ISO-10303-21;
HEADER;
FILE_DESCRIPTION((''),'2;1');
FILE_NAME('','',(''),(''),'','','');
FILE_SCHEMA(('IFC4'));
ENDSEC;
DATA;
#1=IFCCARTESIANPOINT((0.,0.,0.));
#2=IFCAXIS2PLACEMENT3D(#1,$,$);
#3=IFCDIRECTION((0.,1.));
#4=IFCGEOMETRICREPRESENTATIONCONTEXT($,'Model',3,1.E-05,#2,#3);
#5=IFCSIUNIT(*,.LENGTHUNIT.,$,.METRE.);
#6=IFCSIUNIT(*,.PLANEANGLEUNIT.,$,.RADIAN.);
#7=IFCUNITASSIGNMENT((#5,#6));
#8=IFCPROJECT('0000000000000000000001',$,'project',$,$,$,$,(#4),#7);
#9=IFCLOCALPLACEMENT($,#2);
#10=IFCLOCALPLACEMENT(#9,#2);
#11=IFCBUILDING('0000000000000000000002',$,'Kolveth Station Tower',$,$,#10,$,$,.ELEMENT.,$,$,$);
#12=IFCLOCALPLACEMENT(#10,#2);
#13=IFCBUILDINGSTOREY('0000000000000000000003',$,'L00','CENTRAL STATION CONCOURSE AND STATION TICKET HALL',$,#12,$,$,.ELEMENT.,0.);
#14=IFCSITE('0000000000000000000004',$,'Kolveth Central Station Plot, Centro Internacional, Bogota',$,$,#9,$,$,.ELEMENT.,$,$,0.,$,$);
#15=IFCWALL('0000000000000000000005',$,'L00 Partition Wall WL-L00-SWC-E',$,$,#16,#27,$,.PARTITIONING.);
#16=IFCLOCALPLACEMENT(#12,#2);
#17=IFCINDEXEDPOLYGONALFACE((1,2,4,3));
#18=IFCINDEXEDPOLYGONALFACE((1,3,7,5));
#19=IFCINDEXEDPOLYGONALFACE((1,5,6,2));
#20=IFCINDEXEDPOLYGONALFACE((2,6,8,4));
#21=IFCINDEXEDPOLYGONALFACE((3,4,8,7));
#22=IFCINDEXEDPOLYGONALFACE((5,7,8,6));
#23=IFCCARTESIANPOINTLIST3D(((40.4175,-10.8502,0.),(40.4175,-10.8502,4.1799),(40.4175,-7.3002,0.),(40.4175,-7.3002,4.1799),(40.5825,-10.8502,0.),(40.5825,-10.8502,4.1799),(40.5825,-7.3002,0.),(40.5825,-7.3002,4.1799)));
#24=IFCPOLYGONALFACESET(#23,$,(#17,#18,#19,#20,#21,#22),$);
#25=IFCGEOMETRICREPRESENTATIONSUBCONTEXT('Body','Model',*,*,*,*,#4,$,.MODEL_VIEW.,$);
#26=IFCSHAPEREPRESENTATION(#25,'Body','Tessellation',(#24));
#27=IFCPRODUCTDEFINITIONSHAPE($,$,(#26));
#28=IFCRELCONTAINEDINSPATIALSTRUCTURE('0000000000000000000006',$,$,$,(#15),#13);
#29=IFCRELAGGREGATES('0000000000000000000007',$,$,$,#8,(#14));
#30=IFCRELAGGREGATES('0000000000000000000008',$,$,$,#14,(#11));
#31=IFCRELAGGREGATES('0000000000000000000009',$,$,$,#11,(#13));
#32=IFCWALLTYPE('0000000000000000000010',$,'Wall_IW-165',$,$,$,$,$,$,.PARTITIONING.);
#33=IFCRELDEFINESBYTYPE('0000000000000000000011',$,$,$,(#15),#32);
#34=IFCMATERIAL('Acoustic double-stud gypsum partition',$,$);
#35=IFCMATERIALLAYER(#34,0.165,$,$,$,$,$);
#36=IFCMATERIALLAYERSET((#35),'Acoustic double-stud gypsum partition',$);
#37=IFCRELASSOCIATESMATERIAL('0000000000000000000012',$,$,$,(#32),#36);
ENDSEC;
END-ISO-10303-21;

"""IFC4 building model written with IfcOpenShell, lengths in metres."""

from ifc_helpers import new_model, si_unit, direction, frame, frame_2d, origin, place, context, subcontext, project, spatial, rectangle, extrude, material, layer, layer_set, type_object, element, save


model = new_model("IFC4")

# Units and contexts
model_context = context("Model", 3, precision=1e-05, world=origin(), true_north=direction((0.0, 1.0)))
body_context = subcontext(model_context, "Body", "Model", "MODEL_VIEW")
ifc_project = project(units=[si_unit("LENGTHUNIT", "METRE"), si_unit("PLANEANGLEUNIT", "RADIAN")], contexts=[model_context])

# Site, building, storey
site_placement = place(None, origin())
site = spatial("IfcSite", under=ifc_project, at=site_placement, Name="Kolveth Central Station Plot, Centro Internacional, Bogota", CompositionType="ELEMENT", RefElevation=0.0)
building_placement = place(site_placement, origin())
building = spatial("IfcBuilding", under=site, at=building_placement, Name="Kolveth Station Tower", CompositionType="ELEMENT")
storey_placement = place(building_placement, origin())
storey = spatial("IfcBuildingStorey", under=building, at=storey_placement, Name="L00", Description="CENTRAL STATION CONCOURSE AND STATION TICKET HALL", CompositionType="ELEMENT", Elevation=0.0)

# Shared definitions
ifc_material_1 = material(Name="Acoustic double-stud gypsum partition")
ifc_layer_1 = layer(ifc_material_1, 0.165)
ifc_layer_set_1 = layer_set([ifc_layer_1], Name="Acoustic double-stud gypsum partition")
wall_type_1 = type_object("IfcWallType", Name="Wall_IW-165", PredefinedType="PARTITIONING", material=ifc_layer_set_1)

# Wall
for number, where, z_axis, x_axis, name in (
    (1, (40.5, -10.8501, 0.0), (0.0, 0.0, 1.0), (0.0, 1.0, 0.0), "L00 Partition Wall WL-L00-SWC-E"),
):
    element("IfcWall", number, at=place(storey_placement, frame(where, z_axis=z_axis, x_axis=x_axis)), inside=storey, type_object=wall_type_1, Name=name, PredefinedType="PARTITIONING", context=body_context, shape_type="SweptSolid", body=[
        extrude(rectangle(XDim=3.55, YDim=0.165, at=frame_2d((1.7749, 0.0))), origin(), (0.0, 0.0, 1.0), 4.1799),
    ])

save(model, "model.ifc")
